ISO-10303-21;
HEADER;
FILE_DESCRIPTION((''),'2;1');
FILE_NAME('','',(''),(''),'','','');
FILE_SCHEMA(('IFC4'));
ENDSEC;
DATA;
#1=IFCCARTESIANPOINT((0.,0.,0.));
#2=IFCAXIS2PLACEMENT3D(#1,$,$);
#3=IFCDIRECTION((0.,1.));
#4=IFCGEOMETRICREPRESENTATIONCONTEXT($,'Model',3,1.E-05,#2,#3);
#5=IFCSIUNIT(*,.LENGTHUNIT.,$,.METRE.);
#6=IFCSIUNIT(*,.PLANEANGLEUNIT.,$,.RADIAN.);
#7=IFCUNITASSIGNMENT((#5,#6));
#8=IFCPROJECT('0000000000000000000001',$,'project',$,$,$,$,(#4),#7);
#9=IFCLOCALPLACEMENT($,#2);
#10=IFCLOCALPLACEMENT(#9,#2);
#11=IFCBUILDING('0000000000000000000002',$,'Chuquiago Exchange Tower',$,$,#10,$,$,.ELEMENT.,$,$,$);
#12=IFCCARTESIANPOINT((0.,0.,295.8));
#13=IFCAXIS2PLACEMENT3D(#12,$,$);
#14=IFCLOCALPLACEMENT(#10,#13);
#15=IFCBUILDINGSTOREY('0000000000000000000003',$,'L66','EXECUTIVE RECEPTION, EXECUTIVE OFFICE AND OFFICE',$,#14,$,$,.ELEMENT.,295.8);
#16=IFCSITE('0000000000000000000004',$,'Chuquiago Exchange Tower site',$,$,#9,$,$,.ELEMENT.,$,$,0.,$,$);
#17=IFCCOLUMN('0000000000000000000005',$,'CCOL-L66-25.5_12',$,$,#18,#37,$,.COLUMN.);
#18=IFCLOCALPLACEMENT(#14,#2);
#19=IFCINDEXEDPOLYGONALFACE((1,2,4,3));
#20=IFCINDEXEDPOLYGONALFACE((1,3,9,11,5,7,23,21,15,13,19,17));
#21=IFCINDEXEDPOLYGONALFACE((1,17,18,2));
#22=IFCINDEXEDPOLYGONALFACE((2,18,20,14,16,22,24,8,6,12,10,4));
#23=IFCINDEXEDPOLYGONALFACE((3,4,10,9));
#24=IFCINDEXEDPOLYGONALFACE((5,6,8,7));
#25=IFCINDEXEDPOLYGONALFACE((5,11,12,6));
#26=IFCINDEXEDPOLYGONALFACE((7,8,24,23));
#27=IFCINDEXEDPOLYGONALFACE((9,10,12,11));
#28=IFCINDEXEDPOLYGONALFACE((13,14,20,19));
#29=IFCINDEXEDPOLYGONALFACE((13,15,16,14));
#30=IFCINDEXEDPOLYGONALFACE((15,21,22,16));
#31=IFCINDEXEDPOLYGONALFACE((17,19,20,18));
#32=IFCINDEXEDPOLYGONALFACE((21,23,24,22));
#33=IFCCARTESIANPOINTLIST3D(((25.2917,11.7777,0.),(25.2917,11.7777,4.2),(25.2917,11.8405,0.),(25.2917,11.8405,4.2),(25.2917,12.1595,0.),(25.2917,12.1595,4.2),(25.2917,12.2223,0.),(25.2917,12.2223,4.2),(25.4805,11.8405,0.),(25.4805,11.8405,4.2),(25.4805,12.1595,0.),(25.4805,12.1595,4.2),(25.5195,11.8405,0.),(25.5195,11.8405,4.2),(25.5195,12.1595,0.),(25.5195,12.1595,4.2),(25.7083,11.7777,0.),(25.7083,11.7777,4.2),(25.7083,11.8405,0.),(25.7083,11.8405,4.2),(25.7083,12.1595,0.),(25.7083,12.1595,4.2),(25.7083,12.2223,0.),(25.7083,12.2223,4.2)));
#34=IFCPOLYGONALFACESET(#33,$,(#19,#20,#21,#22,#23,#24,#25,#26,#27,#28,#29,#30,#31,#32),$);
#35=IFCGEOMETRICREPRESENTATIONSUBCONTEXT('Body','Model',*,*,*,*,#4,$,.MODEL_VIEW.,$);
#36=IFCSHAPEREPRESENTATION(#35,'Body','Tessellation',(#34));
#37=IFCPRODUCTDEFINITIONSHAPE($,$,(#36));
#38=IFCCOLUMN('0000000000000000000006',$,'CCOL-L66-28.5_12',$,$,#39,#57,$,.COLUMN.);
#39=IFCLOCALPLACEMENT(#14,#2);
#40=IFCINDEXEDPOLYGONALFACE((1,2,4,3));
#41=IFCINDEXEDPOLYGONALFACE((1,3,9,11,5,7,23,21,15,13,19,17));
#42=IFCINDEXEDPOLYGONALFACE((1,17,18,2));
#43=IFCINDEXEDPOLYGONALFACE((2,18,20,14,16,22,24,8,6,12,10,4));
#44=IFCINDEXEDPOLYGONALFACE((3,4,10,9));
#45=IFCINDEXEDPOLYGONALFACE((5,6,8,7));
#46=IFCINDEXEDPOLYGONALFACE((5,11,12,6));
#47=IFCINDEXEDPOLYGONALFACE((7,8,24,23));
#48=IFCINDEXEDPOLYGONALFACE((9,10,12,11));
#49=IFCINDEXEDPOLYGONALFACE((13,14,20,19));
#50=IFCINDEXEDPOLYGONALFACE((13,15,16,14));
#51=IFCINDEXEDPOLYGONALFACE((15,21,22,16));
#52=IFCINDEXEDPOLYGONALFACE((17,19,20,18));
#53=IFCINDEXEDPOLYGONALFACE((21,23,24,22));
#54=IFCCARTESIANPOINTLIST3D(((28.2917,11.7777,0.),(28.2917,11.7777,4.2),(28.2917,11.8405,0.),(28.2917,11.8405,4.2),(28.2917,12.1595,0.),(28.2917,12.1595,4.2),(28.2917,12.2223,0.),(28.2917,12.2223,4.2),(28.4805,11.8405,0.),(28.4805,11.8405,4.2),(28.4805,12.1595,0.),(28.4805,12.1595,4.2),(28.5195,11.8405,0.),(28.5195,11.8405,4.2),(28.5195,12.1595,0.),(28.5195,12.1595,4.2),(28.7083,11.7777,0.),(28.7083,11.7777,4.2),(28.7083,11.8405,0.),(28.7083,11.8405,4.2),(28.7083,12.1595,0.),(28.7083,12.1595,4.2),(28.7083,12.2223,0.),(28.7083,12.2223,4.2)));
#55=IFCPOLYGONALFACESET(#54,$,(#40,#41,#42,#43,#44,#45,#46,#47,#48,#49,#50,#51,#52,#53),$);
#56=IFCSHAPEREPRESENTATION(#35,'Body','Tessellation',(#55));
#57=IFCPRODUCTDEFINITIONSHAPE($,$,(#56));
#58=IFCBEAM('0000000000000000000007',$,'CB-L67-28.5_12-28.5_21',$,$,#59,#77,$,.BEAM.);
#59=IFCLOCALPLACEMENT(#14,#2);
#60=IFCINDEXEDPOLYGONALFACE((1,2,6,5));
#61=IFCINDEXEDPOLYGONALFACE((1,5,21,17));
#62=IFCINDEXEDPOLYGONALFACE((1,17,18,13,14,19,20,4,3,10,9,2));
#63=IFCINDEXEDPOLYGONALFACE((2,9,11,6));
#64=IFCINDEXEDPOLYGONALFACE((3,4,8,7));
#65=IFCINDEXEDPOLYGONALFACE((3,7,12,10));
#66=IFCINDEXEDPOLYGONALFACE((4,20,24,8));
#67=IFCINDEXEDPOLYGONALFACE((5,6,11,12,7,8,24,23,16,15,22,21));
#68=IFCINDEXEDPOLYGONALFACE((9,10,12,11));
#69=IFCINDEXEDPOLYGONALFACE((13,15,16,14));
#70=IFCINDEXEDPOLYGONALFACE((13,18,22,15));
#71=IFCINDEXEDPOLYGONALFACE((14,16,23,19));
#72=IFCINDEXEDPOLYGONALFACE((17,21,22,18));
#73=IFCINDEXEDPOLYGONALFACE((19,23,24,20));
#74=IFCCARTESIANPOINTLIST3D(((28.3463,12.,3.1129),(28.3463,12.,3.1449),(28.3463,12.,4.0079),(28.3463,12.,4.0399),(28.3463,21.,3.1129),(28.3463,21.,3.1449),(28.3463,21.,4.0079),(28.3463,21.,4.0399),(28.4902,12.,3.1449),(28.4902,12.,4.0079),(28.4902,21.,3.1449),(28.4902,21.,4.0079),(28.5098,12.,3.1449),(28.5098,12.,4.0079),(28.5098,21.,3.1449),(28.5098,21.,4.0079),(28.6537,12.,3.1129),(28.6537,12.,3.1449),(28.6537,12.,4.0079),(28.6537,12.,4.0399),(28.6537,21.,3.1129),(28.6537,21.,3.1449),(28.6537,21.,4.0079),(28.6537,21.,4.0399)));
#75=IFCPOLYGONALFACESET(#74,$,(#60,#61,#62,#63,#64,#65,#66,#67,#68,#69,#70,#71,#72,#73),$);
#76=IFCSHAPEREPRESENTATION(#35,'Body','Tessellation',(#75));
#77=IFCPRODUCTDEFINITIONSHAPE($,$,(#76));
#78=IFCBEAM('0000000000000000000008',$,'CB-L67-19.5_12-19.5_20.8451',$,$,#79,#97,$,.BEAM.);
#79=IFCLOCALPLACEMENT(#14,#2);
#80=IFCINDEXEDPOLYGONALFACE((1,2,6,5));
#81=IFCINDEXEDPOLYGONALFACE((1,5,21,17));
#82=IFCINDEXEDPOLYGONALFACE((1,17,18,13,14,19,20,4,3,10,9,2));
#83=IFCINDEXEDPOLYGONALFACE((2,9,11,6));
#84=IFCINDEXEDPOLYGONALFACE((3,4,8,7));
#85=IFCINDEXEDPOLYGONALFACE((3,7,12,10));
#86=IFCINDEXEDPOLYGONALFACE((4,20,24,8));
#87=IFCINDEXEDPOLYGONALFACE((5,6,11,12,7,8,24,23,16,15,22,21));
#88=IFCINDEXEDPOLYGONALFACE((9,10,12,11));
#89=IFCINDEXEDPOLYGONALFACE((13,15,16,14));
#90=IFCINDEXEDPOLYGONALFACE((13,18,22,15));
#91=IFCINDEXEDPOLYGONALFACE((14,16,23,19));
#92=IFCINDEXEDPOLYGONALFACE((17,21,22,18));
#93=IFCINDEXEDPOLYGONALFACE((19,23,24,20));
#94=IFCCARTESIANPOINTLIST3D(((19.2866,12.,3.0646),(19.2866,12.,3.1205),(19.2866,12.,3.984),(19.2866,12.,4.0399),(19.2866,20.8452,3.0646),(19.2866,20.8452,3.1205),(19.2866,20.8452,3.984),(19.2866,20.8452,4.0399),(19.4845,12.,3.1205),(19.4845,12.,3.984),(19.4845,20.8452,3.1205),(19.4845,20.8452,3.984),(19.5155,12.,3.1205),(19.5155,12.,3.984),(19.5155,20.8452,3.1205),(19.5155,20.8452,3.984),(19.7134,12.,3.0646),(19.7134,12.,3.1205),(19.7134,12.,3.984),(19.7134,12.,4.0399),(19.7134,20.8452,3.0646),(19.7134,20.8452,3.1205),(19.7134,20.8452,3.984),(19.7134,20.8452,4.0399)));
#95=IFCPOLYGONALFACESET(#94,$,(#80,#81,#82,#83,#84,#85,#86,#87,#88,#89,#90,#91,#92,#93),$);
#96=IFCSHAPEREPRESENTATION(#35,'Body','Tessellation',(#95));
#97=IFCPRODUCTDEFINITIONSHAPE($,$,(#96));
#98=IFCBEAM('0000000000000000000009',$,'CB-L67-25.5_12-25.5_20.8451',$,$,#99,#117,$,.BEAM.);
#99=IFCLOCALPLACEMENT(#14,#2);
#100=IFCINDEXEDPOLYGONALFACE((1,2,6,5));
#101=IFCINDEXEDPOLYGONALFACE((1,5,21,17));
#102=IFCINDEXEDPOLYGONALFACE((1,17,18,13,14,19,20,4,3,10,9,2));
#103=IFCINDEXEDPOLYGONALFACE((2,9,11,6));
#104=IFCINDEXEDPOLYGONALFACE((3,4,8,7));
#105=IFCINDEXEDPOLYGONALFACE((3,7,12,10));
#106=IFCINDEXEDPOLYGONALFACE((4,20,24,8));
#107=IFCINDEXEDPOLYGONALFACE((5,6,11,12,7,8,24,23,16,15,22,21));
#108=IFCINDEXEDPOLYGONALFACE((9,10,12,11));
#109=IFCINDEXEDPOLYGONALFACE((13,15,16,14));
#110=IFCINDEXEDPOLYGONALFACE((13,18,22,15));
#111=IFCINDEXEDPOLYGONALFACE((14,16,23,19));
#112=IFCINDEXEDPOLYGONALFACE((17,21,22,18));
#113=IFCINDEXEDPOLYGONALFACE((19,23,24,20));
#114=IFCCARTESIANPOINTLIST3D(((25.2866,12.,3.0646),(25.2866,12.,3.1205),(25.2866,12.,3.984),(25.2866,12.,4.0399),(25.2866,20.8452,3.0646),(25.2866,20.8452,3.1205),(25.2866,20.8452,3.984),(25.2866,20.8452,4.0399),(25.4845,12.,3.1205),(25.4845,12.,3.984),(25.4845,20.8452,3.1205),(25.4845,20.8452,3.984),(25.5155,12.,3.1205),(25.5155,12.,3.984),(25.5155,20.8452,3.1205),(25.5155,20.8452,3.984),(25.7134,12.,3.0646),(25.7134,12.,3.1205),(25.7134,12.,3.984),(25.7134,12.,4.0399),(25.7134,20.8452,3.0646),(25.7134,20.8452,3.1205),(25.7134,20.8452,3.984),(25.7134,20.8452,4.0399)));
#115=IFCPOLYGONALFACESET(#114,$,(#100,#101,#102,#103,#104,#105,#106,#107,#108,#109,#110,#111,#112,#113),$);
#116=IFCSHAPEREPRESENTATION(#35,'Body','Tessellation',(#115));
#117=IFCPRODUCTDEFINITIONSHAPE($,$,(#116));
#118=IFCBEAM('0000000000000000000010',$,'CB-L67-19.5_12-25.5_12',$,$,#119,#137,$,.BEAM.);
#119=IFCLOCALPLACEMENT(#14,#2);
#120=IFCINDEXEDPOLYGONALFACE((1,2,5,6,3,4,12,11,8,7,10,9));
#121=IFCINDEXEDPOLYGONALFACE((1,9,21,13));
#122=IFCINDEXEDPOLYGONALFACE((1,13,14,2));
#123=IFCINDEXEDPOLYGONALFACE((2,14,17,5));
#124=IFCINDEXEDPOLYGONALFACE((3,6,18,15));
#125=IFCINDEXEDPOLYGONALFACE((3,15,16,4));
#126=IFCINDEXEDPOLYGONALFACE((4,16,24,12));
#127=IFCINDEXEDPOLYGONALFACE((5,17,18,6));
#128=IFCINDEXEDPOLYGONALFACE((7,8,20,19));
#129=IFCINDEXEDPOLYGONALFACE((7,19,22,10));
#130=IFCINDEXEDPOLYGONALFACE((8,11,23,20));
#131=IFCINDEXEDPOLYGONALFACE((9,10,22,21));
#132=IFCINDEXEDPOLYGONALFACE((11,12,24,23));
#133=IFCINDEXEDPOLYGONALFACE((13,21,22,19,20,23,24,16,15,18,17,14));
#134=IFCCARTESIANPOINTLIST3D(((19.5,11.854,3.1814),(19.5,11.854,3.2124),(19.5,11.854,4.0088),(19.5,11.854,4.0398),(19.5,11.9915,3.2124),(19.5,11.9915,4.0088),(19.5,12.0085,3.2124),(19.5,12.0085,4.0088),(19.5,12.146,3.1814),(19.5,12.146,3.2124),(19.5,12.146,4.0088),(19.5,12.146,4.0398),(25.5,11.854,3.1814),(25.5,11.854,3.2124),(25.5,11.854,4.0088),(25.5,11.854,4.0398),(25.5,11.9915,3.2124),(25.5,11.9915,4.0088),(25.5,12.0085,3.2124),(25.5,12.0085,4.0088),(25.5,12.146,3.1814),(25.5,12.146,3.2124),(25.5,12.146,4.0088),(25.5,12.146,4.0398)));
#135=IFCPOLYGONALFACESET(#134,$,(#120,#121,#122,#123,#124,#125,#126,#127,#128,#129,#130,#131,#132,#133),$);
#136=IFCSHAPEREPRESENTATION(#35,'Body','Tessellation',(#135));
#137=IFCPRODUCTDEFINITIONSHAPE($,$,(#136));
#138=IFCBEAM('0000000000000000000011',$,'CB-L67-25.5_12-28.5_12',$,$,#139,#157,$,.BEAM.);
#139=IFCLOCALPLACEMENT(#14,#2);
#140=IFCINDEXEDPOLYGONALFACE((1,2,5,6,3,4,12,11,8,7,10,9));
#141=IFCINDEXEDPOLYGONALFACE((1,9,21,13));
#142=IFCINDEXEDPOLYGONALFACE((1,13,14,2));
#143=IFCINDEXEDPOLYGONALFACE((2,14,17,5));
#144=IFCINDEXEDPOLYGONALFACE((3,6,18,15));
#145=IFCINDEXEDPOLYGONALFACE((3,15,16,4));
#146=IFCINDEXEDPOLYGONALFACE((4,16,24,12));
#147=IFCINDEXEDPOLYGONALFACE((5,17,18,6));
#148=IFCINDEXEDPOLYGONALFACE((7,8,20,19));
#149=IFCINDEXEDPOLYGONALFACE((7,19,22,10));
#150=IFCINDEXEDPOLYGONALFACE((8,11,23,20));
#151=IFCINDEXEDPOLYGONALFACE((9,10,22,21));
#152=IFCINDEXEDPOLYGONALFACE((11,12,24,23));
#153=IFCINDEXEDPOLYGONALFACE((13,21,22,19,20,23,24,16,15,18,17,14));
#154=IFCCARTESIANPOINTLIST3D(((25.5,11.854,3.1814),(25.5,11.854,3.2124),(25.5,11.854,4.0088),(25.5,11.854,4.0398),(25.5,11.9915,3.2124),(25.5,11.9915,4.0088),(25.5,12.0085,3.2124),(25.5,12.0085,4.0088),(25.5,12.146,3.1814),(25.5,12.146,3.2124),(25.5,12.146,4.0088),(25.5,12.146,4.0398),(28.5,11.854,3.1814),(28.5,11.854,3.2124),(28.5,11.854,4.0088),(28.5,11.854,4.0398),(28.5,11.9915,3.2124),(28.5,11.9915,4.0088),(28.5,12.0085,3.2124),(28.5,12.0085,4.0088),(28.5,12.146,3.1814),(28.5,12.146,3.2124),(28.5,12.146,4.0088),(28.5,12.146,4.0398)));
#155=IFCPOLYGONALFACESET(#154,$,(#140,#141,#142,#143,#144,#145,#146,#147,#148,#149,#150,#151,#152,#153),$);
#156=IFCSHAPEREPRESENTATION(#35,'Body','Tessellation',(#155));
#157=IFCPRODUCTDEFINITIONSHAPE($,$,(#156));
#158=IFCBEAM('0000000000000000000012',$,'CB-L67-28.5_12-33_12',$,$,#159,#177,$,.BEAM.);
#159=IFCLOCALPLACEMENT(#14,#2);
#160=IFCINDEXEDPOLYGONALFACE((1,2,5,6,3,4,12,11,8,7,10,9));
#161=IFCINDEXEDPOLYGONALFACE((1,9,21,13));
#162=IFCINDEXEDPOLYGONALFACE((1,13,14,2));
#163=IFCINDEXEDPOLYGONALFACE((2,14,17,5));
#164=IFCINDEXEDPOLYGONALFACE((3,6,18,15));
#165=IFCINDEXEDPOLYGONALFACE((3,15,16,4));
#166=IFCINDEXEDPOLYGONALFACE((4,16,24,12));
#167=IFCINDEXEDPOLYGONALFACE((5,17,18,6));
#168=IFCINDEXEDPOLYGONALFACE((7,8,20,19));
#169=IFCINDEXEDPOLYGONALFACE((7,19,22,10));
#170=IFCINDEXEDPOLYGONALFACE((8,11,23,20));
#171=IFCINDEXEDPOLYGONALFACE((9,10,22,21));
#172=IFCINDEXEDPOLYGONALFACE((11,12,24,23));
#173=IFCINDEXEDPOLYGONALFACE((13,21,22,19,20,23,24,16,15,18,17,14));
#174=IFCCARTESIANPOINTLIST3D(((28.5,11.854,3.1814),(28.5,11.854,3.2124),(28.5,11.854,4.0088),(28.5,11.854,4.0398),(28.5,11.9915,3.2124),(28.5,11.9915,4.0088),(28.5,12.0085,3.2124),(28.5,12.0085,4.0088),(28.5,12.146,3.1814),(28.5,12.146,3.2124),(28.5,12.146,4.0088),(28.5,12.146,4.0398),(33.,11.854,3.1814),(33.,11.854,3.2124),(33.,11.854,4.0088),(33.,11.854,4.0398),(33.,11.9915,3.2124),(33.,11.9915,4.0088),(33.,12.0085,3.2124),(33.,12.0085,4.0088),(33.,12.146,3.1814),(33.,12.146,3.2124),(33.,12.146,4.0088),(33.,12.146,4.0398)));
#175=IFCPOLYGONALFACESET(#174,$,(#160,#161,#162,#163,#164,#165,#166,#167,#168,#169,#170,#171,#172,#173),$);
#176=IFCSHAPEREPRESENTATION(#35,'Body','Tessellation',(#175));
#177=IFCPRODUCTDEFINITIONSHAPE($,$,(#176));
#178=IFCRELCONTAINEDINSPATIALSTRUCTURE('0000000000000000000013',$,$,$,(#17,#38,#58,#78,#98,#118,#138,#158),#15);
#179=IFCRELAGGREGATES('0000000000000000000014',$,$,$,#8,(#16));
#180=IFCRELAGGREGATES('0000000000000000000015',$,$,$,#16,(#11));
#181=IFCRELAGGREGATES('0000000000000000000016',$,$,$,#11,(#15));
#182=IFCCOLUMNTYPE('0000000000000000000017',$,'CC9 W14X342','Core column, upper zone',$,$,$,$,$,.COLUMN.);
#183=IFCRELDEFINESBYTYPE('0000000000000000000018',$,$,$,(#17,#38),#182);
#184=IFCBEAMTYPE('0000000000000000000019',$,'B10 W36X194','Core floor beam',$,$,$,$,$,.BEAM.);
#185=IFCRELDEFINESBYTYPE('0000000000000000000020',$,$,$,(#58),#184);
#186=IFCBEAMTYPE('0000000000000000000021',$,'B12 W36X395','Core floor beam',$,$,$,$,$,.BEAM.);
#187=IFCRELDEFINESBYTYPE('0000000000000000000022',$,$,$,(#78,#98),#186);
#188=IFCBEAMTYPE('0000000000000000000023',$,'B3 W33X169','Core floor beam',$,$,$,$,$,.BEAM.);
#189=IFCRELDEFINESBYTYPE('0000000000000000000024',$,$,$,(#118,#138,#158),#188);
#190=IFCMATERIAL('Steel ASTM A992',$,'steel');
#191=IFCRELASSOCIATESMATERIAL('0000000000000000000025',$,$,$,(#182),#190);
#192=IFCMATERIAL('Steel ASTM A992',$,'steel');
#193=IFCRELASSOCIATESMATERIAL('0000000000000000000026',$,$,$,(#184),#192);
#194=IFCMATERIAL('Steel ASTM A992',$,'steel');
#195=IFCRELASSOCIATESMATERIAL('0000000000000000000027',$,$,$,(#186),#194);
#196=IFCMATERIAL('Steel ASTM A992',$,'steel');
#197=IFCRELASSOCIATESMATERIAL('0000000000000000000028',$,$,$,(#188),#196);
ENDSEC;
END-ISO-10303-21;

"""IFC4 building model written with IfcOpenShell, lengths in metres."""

from ifc_helpers import new_model, si_unit, direction, frame, origin, origin_2d, place, context, subcontext, project, spatial, i_section, extrude, material, material_profile, profile_set, type_object, element, save


model = new_model("IFC4")

# Units and contexts
model_context = context("Model", 3, precision=1e-05, world=origin(), true_north=direction((0.0, 1.0)))
body_context = subcontext(model_context, "Body", "Model", "MODEL_VIEW")
ifc_project = project(units=[si_unit("LENGTHUNIT", "METRE"), si_unit("PLANEANGLEUNIT", "RADIAN")], contexts=[model_context])

# Site, building, storey
site_placement = place(None, origin())
site = spatial("IfcSite", under=ifc_project, at=site_placement, Name="Chuquiago Exchange Tower site", CompositionType="ELEMENT", RefElevation=0.0)
building_placement = place(site_placement, origin())
building = spatial("IfcBuilding", under=site, at=building_placement, Name="Chuquiago Exchange Tower", CompositionType="ELEMENT")
storey_placement = place(building_placement, frame((0.0, 0.0, 295.8)))
storey = spatial("IfcBuildingStorey", under=building, at=storey_placement, Name="L66", Description="EXECUTIVE RECEPTION, EXECUTIVE OFFICE AND OFFICE", CompositionType="ELEMENT", Elevation=295.8)

# Columns
ifc_material_1 = material(Name="Steel ASTM A992", Category="steel")
ifc_material_profile_1 = material_profile(ifc_material_1, i_section(OverallWidth=0.4165, OverallDepth=0.4446, WebThickness=0.0391, FlangeThickness=0.0627, at=origin_2d()), Name="W14X342")
ifc_profile_set_1 = profile_set([ifc_material_profile_1], Name="Steel ASTM A992")
column_type = type_object("IfcColumnType", Name="CC9 W14X342", Description="Core column, upper zone", PredefinedType="COLUMN", material=ifc_profile_set_1)
for number, where, z_axis, x_axis, name in (
    (1, (25.5, 12.0, 0.0), (0.0, 0.0, 1.0), (1.0, 0.0, 0.0), "CCOL-L66-25.5_12"),
    (2, (28.5, 12.0, 0.0), (0.0, 0.0, 1.0), (1.0, 0.0, 0.0), "CCOL-L66-28.5_12"),
):
    element("IfcColumn", number, at=place(storey_placement, frame(where, z_axis=z_axis, x_axis=x_axis)), inside=storey, type_object=column_type, Name=name, PredefinedType="COLUMN", context=body_context, shape_type="SweptSolid", body=[
        extrude(i_section(OverallWidth=0.4165, OverallDepth=0.4446, WebThickness=0.0391, FlangeThickness=0.0627, at=origin_2d()), origin(), (0.0, 0.0, 1.0), 4.2),
    ])

# Beams
ifc_material_2 = material(Name="Steel ASTM A992", Category="steel")
ifc_material_profile_2 = material_profile(ifc_material_2, i_section(OverallWidth=0.3074, OverallDepth=0.927, WebThickness=0.0195, FlangeThickness=0.032, at=origin_2d()), Name="W36X194")
ifc_profile_set_2 = profile_set([ifc_material_profile_2], Name="Steel ASTM A992")
beam_type_1 = type_object("IfcBeamType", Name="B10 W36X194", Description="Core floor beam", PredefinedType="BEAM", material=ifc_profile_set_2)
beam_1_placement = place(storey_placement, frame((28.5, 12.0, 3.5764), z_axis=(0.0, 1.0, 0.0), x_axis=(-1.0, 0.0, 0.0)))
element("IfcBeam", 3, at=beam_1_placement, inside=storey, type_object=beam_type_1, Name="CB-L67-28.5_12-28.5_21", PredefinedType="BEAM", context=body_context, shape_type="SweptSolid", body=[
    extrude(i_section(OverallWidth=0.3074, OverallDepth=0.927, WebThickness=0.0195, FlangeThickness=0.032, at=origin_2d()), origin(), (0.0, 0.0, 1.0), 9.0),
])
ifc_material_3 = material(Name="Steel ASTM A992", Category="steel")
ifc_material_profile_3 = material_profile(ifc_material_3, i_section(OverallWidth=0.4268, OverallDepth=0.9753, WebThickness=0.031, FlangeThickness=0.0559, at=origin_2d()), Name="W36X395")
ifc_profile_set_3 = profile_set([ifc_material_profile_3], Name="Steel ASTM A992")
beam_type_2 = type_object("IfcBeamType", Name="B12 W36X395", Description="Core floor beam", PredefinedType="BEAM", material=ifc_profile_set_3)
for number, where, z_axis, x_axis, name in (
    (4, (19.5, 12.0, 3.5522), (0.0, 1.0, 0.0), (-1.0, 0.0, 0.0), "CB-L67-19.5_12-19.5_20.8451"),
    (5, (25.5, 12.0, 3.5522), (0.0, 1.0, 0.0), (-1.0, 0.0, 0.0), "CB-L67-25.5_12-25.5_20.8451"),
):
    element("IfcBeam", number, at=place(storey_placement, frame(where, z_axis=z_axis, x_axis=x_axis)), inside=storey, type_object=beam_type_2, Name=name, PredefinedType="BEAM", context=body_context, shape_type="SweptSolid", body=[
        extrude(i_section(OverallWidth=0.4268, OverallDepth=0.9753, WebThickness=0.031, FlangeThickness=0.0559, at=origin_2d()), origin(), (0.0, 0.0, 1.0), 8.8452),
    ])
ifc_material_4 = material(Name="Steel ASTM A992", Category="steel")
ifc_material_profile_4 = material_profile(ifc_material_4, i_section(OverallWidth=0.292, OverallDepth=0.8584, WebThickness=0.0171, FlangeThickness=0.031, at=origin_2d()), Name="W33X169")
ifc_profile_set_4 = profile_set([ifc_material_profile_4], Name="Steel ASTM A992")
beam_type_3 = type_object("IfcBeamType", Name="B3 W33X169", Description="Core floor beam", PredefinedType="BEAM", material=ifc_profile_set_4)
beam_2_placement = place(storey_placement, frame((19.5, 12.0, 3.6106), z_axis=(1.0, 0.0, 0.0), x_axis=(0.0, 1.0, 0.0)))
element("IfcBeam", 6, at=beam_2_placement, inside=storey, type_object=beam_type_3, Name="CB-L67-19.5_12-25.5_12", PredefinedType="BEAM", context=body_context, shape_type="SweptSolid", body=[
    extrude(i_section(OverallWidth=0.292, OverallDepth=0.8584, WebThickness=0.0171, FlangeThickness=0.031, at=origin_2d()), origin(), (0.0, 0.0, 1.0), 6.0),
])
beam_3_placement = place(storey_placement, frame((25.5, 12.0, 3.6106), z_axis=(1.0, 0.0, 0.0), x_axis=(0.0, 1.0, 0.0)))
element("IfcBeam", 7, at=beam_3_placement, inside=storey, type_object=beam_type_3, Name="CB-L67-25.5_12-28.5_12", PredefinedType="BEAM", context=body_context, shape_type="SweptSolid", body=[
    extrude(i_section(OverallWidth=0.292, OverallDepth=0.8584, WebThickness=0.0171, FlangeThickness=0.031, at=origin_2d()), origin(), (0.0, 0.0, 1.0), 3.0),
])
beam_4_placement = place(storey_placement, frame((28.5, 12.0, 3.6106), z_axis=(1.0, 0.0, 0.0), x_axis=(0.0, 1.0, 0.0)))
element("IfcBeam", 8, at=beam_4_placement, inside=storey, type_object=beam_type_3, Name="CB-L67-28.5_12-33_12", PredefinedType="BEAM", context=body_context, shape_type="SweptSolid", body=[
    extrude(i_section(OverallWidth=0.292, OverallDepth=0.8584, WebThickness=0.0171, FlangeThickness=0.031, at=origin_2d()), origin(), (0.0, 0.0, 1.0), 4.5),
])

save(model, "model.ifc")
